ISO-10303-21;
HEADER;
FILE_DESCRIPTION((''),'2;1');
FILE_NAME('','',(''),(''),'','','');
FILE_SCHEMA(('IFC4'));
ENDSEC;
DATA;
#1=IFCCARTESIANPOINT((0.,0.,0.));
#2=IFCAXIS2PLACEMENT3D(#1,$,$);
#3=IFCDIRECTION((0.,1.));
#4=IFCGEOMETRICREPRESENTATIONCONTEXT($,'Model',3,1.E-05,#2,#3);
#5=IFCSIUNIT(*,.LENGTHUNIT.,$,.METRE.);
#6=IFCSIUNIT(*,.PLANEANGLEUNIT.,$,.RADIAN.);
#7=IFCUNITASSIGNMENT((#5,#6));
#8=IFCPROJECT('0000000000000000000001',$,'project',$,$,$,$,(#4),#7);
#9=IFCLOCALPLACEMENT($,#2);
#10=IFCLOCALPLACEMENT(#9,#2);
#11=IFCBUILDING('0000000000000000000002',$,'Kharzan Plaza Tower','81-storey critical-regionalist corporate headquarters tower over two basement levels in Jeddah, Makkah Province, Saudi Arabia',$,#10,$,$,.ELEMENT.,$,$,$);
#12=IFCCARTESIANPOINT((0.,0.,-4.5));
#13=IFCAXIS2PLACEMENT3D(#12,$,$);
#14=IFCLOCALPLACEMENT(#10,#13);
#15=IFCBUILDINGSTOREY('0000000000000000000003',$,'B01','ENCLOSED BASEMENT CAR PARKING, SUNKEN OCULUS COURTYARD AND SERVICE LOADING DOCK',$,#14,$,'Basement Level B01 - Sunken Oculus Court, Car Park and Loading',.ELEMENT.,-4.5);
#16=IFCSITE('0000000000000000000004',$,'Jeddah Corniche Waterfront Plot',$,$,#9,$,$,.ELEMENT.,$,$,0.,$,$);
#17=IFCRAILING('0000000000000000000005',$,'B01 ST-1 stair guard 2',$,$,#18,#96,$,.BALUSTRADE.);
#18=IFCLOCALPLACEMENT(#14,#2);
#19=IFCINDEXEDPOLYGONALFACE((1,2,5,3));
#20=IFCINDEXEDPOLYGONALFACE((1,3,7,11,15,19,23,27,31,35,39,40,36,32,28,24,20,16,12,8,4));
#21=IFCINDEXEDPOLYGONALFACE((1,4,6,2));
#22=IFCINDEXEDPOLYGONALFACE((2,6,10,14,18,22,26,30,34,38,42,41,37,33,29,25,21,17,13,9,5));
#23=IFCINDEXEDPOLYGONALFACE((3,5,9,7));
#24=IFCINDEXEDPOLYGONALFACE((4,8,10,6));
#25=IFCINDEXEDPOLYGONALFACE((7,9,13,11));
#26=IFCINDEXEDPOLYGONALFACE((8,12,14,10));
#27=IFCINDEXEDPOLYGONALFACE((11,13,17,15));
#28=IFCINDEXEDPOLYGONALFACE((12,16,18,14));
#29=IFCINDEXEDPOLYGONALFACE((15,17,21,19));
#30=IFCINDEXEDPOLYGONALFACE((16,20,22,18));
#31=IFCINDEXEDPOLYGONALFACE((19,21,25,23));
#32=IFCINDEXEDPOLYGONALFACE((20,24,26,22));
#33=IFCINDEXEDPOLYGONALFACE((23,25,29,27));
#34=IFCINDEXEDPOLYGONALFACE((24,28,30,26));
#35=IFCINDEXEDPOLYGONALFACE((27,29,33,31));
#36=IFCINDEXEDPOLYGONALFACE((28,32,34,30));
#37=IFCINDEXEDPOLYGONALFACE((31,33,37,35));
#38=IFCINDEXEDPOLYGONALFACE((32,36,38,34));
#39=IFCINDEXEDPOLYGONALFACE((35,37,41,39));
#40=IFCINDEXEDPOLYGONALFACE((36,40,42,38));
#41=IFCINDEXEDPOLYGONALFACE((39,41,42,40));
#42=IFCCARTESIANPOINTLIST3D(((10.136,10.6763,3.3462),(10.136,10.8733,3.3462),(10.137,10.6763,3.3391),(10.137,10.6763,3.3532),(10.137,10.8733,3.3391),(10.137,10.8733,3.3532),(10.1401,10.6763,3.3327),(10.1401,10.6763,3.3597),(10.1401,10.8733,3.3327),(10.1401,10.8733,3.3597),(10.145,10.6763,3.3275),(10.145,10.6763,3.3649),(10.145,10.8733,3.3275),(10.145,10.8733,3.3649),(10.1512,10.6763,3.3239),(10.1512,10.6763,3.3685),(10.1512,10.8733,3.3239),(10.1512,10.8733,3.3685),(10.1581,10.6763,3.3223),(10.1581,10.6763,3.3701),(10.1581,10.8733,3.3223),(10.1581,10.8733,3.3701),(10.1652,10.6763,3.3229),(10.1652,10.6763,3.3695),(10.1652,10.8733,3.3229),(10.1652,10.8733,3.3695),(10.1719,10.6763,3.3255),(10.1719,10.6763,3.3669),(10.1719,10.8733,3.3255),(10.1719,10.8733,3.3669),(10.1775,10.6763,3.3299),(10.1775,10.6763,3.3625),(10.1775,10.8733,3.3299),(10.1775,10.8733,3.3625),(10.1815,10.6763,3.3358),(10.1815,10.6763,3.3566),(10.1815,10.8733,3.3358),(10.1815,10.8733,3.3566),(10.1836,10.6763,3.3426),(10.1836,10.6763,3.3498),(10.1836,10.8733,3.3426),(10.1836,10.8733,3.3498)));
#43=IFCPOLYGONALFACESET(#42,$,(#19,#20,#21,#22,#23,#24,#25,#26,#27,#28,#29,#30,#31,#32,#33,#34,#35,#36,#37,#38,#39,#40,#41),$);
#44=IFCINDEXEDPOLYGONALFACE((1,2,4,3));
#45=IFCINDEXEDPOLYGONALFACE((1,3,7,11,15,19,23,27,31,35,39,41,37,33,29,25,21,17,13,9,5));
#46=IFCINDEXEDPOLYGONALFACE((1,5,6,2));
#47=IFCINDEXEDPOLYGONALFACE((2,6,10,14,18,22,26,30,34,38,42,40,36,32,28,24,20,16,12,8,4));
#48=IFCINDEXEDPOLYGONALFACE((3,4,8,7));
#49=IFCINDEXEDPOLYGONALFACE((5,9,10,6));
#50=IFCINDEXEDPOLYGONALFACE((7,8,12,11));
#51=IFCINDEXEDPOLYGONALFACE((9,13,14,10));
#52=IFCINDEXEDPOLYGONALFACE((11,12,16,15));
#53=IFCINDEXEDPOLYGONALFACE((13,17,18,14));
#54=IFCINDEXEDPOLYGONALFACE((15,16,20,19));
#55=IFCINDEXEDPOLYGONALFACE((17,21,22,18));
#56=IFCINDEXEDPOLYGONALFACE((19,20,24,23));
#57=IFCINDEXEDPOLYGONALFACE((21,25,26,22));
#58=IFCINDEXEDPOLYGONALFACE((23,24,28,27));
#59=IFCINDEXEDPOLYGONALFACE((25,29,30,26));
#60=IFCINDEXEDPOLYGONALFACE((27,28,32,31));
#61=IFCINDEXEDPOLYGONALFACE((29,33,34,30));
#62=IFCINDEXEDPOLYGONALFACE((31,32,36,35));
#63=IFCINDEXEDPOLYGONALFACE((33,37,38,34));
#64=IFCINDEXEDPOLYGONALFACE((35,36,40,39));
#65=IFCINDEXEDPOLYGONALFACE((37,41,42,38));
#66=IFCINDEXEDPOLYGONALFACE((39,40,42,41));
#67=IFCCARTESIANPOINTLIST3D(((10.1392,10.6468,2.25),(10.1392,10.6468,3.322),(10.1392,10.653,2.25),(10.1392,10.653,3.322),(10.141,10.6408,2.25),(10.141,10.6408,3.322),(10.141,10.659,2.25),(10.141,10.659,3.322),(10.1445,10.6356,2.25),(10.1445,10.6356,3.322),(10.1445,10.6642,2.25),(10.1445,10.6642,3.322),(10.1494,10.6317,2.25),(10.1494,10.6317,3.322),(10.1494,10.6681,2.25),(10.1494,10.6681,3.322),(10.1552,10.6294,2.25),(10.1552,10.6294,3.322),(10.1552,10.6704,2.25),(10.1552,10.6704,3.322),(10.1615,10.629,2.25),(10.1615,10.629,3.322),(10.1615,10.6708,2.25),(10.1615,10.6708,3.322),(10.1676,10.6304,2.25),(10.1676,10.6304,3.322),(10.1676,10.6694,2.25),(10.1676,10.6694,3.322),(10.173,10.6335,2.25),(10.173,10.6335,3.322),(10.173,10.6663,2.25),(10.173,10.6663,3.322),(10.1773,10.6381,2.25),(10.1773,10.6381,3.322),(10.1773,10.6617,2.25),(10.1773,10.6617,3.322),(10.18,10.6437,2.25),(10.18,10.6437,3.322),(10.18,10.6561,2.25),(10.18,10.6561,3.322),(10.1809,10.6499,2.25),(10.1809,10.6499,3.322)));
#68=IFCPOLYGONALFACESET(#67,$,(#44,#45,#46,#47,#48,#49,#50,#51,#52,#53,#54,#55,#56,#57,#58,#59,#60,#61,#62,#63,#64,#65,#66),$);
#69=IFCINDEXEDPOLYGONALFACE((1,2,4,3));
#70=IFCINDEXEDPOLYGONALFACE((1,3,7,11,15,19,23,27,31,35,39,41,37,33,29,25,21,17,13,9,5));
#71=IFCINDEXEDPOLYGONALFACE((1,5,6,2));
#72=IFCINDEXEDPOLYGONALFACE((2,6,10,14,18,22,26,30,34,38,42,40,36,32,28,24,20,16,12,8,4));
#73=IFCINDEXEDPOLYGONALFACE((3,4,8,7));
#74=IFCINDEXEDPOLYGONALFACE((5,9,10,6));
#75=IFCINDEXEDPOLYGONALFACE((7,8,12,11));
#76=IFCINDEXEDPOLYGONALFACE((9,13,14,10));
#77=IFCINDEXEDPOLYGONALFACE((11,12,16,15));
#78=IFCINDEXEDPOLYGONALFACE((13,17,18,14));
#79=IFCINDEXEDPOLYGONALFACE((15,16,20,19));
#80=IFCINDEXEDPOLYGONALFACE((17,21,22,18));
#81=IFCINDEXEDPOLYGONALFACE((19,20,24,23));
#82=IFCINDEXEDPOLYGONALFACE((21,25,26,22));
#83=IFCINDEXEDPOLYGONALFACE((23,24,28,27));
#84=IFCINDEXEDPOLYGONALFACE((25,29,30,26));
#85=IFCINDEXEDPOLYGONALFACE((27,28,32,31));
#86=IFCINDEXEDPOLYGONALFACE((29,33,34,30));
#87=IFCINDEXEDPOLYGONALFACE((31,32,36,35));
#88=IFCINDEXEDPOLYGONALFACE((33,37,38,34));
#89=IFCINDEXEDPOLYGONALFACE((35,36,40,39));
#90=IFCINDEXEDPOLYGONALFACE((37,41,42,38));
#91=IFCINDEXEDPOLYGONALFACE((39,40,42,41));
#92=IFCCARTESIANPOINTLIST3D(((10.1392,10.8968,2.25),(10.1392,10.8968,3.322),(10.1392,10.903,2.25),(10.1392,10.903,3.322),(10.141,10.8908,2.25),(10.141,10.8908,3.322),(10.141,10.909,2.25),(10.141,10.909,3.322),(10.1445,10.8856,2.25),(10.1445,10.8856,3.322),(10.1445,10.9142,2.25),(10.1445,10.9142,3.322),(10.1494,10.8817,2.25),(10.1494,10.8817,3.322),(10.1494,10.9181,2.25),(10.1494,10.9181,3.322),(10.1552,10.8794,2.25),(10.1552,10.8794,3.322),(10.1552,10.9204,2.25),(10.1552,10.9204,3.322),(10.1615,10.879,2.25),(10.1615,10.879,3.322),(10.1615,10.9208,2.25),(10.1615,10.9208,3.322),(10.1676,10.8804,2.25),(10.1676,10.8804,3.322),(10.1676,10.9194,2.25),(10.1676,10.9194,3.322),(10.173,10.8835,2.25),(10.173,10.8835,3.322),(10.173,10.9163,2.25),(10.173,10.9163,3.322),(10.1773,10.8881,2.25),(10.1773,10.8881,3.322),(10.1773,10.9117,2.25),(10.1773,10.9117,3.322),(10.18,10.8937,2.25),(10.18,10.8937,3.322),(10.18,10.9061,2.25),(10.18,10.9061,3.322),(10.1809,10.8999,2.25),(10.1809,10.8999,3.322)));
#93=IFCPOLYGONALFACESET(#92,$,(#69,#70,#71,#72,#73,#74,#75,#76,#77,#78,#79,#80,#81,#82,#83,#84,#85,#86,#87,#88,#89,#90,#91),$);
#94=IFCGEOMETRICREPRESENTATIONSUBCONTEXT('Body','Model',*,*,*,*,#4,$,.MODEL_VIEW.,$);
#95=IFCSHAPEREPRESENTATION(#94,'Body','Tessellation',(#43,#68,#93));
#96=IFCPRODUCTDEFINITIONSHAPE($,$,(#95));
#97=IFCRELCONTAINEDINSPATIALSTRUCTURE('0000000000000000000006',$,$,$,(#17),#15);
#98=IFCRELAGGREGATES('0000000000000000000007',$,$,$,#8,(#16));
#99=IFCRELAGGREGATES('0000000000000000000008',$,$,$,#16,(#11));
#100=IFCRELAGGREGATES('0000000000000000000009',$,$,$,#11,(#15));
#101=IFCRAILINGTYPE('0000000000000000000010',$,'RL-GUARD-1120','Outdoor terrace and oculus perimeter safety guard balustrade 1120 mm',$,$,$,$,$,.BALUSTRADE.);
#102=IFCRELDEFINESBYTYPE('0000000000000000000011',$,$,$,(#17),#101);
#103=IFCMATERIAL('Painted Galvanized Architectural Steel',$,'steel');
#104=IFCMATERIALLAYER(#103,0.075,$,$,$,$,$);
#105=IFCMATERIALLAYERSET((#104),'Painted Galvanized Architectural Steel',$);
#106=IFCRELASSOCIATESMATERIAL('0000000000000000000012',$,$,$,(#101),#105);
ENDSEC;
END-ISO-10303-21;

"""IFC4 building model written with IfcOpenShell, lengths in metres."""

from ifc_helpers import new_model, si_unit, direction, frame, origin, origin_2d, place, context, subcontext, project, spatial, circle, extrude, source, transform, mapped, material, layer, layer_set, type_object, element, save


model = new_model("IFC4")

# Units and contexts
model_context = context("Model", 3, precision=1e-05, world=origin(), true_north=direction((0.0, 1.0)))
body_context = subcontext(model_context, "Body", "Model", "MODEL_VIEW")
ifc_project = project(units=[si_unit("LENGTHUNIT", "METRE"), si_unit("PLANEANGLEUNIT", "RADIAN")], contexts=[model_context])

# Site, building, storey
site_placement = place(None, origin())
site = spatial("IfcSite", under=ifc_project, at=site_placement, Name="Jeddah Corniche Waterfront Plot", CompositionType="ELEMENT", RefElevation=0.0)
building_placement = place(site_placement, origin())
building = spatial("IfcBuilding", under=site, at=building_placement, Name="Kharzan Plaza Tower", Description="81-storey critical-regionalist corporate headquarters tower over two basement levels in Jeddah, Makkah Province, Saudi Arabia", CompositionType="ELEMENT")
storey_placement = place(building_placement, frame((0.0, 0.0, -4.5)))
storey = spatial("IfcBuildingStorey", under=building, at=storey_placement, Name="B01", Description="ENCLOSED BASEMENT CAR PARKING, SUNKEN OCULUS COURTYARD AND SERVICE LOADING DOCK", LongName="Basement Level B01 - Sunken Oculus Court, Car Park and Loading", CompositionType="ELEMENT", Elevation=-4.5)

# Railing
ifc_material_1 = material(Name="Painted Galvanized Architectural Steel", Category="steel")
ifc_layer_1 = layer(ifc_material_1, 0.075)
ifc_layer_set_1 = layer_set([ifc_layer_1], Name="Painted Galvanized Architectural Steel")
railing_type = type_object("IfcRailingType", Name="RL-GUARD-1120", Description="Outdoor terrace and oculus perimeter safety guard balustrade 1120 mm", PredefinedType="BALUSTRADE", material=ifc_layer_set_1)
shared_shape_1 = source(origin(), body_context, "Body", "SweptSolid", [
    extrude(circle(Radius=0.0239, at=origin_2d()), frame((0.0, 0.0264, 1.0962), z_axis=(0.0, 1.0, 0.0), x_axis=(-1.0, 0.0, 0.0)), (0.0, 0.0, 1.0), 0.197),
    extrude(circle(Radius=0.021, at=origin_2d()), origin(), (0.0, 0.0, 1.0), 1.072),
    extrude(circle(Radius=0.021, at=origin_2d()), frame((0.0, 0.25, 0.0)), (0.0, 0.0, 1.0), 1.072),
])
railing_placement = place(storey_placement, frame((10.1599, 10.6499, 2.25)))
element("IfcRailing", 1, at=railing_placement, inside=storey, type_object=railing_type, Name="B01 ST-1 stair guard 2", PredefinedType="BALUSTRADE", context=body_context, shape_type="MappedRepresentation", body=[
    mapped(shared_shape_1, transform((0.0, 0.0, 0.0), x_axis=(1.0, 0.0, 0.0), y_axis=(0.0, 1.0, 0.0), z_axis=(0.0, 0.0, 1.0))),
])

save(model, "model.ifc")
